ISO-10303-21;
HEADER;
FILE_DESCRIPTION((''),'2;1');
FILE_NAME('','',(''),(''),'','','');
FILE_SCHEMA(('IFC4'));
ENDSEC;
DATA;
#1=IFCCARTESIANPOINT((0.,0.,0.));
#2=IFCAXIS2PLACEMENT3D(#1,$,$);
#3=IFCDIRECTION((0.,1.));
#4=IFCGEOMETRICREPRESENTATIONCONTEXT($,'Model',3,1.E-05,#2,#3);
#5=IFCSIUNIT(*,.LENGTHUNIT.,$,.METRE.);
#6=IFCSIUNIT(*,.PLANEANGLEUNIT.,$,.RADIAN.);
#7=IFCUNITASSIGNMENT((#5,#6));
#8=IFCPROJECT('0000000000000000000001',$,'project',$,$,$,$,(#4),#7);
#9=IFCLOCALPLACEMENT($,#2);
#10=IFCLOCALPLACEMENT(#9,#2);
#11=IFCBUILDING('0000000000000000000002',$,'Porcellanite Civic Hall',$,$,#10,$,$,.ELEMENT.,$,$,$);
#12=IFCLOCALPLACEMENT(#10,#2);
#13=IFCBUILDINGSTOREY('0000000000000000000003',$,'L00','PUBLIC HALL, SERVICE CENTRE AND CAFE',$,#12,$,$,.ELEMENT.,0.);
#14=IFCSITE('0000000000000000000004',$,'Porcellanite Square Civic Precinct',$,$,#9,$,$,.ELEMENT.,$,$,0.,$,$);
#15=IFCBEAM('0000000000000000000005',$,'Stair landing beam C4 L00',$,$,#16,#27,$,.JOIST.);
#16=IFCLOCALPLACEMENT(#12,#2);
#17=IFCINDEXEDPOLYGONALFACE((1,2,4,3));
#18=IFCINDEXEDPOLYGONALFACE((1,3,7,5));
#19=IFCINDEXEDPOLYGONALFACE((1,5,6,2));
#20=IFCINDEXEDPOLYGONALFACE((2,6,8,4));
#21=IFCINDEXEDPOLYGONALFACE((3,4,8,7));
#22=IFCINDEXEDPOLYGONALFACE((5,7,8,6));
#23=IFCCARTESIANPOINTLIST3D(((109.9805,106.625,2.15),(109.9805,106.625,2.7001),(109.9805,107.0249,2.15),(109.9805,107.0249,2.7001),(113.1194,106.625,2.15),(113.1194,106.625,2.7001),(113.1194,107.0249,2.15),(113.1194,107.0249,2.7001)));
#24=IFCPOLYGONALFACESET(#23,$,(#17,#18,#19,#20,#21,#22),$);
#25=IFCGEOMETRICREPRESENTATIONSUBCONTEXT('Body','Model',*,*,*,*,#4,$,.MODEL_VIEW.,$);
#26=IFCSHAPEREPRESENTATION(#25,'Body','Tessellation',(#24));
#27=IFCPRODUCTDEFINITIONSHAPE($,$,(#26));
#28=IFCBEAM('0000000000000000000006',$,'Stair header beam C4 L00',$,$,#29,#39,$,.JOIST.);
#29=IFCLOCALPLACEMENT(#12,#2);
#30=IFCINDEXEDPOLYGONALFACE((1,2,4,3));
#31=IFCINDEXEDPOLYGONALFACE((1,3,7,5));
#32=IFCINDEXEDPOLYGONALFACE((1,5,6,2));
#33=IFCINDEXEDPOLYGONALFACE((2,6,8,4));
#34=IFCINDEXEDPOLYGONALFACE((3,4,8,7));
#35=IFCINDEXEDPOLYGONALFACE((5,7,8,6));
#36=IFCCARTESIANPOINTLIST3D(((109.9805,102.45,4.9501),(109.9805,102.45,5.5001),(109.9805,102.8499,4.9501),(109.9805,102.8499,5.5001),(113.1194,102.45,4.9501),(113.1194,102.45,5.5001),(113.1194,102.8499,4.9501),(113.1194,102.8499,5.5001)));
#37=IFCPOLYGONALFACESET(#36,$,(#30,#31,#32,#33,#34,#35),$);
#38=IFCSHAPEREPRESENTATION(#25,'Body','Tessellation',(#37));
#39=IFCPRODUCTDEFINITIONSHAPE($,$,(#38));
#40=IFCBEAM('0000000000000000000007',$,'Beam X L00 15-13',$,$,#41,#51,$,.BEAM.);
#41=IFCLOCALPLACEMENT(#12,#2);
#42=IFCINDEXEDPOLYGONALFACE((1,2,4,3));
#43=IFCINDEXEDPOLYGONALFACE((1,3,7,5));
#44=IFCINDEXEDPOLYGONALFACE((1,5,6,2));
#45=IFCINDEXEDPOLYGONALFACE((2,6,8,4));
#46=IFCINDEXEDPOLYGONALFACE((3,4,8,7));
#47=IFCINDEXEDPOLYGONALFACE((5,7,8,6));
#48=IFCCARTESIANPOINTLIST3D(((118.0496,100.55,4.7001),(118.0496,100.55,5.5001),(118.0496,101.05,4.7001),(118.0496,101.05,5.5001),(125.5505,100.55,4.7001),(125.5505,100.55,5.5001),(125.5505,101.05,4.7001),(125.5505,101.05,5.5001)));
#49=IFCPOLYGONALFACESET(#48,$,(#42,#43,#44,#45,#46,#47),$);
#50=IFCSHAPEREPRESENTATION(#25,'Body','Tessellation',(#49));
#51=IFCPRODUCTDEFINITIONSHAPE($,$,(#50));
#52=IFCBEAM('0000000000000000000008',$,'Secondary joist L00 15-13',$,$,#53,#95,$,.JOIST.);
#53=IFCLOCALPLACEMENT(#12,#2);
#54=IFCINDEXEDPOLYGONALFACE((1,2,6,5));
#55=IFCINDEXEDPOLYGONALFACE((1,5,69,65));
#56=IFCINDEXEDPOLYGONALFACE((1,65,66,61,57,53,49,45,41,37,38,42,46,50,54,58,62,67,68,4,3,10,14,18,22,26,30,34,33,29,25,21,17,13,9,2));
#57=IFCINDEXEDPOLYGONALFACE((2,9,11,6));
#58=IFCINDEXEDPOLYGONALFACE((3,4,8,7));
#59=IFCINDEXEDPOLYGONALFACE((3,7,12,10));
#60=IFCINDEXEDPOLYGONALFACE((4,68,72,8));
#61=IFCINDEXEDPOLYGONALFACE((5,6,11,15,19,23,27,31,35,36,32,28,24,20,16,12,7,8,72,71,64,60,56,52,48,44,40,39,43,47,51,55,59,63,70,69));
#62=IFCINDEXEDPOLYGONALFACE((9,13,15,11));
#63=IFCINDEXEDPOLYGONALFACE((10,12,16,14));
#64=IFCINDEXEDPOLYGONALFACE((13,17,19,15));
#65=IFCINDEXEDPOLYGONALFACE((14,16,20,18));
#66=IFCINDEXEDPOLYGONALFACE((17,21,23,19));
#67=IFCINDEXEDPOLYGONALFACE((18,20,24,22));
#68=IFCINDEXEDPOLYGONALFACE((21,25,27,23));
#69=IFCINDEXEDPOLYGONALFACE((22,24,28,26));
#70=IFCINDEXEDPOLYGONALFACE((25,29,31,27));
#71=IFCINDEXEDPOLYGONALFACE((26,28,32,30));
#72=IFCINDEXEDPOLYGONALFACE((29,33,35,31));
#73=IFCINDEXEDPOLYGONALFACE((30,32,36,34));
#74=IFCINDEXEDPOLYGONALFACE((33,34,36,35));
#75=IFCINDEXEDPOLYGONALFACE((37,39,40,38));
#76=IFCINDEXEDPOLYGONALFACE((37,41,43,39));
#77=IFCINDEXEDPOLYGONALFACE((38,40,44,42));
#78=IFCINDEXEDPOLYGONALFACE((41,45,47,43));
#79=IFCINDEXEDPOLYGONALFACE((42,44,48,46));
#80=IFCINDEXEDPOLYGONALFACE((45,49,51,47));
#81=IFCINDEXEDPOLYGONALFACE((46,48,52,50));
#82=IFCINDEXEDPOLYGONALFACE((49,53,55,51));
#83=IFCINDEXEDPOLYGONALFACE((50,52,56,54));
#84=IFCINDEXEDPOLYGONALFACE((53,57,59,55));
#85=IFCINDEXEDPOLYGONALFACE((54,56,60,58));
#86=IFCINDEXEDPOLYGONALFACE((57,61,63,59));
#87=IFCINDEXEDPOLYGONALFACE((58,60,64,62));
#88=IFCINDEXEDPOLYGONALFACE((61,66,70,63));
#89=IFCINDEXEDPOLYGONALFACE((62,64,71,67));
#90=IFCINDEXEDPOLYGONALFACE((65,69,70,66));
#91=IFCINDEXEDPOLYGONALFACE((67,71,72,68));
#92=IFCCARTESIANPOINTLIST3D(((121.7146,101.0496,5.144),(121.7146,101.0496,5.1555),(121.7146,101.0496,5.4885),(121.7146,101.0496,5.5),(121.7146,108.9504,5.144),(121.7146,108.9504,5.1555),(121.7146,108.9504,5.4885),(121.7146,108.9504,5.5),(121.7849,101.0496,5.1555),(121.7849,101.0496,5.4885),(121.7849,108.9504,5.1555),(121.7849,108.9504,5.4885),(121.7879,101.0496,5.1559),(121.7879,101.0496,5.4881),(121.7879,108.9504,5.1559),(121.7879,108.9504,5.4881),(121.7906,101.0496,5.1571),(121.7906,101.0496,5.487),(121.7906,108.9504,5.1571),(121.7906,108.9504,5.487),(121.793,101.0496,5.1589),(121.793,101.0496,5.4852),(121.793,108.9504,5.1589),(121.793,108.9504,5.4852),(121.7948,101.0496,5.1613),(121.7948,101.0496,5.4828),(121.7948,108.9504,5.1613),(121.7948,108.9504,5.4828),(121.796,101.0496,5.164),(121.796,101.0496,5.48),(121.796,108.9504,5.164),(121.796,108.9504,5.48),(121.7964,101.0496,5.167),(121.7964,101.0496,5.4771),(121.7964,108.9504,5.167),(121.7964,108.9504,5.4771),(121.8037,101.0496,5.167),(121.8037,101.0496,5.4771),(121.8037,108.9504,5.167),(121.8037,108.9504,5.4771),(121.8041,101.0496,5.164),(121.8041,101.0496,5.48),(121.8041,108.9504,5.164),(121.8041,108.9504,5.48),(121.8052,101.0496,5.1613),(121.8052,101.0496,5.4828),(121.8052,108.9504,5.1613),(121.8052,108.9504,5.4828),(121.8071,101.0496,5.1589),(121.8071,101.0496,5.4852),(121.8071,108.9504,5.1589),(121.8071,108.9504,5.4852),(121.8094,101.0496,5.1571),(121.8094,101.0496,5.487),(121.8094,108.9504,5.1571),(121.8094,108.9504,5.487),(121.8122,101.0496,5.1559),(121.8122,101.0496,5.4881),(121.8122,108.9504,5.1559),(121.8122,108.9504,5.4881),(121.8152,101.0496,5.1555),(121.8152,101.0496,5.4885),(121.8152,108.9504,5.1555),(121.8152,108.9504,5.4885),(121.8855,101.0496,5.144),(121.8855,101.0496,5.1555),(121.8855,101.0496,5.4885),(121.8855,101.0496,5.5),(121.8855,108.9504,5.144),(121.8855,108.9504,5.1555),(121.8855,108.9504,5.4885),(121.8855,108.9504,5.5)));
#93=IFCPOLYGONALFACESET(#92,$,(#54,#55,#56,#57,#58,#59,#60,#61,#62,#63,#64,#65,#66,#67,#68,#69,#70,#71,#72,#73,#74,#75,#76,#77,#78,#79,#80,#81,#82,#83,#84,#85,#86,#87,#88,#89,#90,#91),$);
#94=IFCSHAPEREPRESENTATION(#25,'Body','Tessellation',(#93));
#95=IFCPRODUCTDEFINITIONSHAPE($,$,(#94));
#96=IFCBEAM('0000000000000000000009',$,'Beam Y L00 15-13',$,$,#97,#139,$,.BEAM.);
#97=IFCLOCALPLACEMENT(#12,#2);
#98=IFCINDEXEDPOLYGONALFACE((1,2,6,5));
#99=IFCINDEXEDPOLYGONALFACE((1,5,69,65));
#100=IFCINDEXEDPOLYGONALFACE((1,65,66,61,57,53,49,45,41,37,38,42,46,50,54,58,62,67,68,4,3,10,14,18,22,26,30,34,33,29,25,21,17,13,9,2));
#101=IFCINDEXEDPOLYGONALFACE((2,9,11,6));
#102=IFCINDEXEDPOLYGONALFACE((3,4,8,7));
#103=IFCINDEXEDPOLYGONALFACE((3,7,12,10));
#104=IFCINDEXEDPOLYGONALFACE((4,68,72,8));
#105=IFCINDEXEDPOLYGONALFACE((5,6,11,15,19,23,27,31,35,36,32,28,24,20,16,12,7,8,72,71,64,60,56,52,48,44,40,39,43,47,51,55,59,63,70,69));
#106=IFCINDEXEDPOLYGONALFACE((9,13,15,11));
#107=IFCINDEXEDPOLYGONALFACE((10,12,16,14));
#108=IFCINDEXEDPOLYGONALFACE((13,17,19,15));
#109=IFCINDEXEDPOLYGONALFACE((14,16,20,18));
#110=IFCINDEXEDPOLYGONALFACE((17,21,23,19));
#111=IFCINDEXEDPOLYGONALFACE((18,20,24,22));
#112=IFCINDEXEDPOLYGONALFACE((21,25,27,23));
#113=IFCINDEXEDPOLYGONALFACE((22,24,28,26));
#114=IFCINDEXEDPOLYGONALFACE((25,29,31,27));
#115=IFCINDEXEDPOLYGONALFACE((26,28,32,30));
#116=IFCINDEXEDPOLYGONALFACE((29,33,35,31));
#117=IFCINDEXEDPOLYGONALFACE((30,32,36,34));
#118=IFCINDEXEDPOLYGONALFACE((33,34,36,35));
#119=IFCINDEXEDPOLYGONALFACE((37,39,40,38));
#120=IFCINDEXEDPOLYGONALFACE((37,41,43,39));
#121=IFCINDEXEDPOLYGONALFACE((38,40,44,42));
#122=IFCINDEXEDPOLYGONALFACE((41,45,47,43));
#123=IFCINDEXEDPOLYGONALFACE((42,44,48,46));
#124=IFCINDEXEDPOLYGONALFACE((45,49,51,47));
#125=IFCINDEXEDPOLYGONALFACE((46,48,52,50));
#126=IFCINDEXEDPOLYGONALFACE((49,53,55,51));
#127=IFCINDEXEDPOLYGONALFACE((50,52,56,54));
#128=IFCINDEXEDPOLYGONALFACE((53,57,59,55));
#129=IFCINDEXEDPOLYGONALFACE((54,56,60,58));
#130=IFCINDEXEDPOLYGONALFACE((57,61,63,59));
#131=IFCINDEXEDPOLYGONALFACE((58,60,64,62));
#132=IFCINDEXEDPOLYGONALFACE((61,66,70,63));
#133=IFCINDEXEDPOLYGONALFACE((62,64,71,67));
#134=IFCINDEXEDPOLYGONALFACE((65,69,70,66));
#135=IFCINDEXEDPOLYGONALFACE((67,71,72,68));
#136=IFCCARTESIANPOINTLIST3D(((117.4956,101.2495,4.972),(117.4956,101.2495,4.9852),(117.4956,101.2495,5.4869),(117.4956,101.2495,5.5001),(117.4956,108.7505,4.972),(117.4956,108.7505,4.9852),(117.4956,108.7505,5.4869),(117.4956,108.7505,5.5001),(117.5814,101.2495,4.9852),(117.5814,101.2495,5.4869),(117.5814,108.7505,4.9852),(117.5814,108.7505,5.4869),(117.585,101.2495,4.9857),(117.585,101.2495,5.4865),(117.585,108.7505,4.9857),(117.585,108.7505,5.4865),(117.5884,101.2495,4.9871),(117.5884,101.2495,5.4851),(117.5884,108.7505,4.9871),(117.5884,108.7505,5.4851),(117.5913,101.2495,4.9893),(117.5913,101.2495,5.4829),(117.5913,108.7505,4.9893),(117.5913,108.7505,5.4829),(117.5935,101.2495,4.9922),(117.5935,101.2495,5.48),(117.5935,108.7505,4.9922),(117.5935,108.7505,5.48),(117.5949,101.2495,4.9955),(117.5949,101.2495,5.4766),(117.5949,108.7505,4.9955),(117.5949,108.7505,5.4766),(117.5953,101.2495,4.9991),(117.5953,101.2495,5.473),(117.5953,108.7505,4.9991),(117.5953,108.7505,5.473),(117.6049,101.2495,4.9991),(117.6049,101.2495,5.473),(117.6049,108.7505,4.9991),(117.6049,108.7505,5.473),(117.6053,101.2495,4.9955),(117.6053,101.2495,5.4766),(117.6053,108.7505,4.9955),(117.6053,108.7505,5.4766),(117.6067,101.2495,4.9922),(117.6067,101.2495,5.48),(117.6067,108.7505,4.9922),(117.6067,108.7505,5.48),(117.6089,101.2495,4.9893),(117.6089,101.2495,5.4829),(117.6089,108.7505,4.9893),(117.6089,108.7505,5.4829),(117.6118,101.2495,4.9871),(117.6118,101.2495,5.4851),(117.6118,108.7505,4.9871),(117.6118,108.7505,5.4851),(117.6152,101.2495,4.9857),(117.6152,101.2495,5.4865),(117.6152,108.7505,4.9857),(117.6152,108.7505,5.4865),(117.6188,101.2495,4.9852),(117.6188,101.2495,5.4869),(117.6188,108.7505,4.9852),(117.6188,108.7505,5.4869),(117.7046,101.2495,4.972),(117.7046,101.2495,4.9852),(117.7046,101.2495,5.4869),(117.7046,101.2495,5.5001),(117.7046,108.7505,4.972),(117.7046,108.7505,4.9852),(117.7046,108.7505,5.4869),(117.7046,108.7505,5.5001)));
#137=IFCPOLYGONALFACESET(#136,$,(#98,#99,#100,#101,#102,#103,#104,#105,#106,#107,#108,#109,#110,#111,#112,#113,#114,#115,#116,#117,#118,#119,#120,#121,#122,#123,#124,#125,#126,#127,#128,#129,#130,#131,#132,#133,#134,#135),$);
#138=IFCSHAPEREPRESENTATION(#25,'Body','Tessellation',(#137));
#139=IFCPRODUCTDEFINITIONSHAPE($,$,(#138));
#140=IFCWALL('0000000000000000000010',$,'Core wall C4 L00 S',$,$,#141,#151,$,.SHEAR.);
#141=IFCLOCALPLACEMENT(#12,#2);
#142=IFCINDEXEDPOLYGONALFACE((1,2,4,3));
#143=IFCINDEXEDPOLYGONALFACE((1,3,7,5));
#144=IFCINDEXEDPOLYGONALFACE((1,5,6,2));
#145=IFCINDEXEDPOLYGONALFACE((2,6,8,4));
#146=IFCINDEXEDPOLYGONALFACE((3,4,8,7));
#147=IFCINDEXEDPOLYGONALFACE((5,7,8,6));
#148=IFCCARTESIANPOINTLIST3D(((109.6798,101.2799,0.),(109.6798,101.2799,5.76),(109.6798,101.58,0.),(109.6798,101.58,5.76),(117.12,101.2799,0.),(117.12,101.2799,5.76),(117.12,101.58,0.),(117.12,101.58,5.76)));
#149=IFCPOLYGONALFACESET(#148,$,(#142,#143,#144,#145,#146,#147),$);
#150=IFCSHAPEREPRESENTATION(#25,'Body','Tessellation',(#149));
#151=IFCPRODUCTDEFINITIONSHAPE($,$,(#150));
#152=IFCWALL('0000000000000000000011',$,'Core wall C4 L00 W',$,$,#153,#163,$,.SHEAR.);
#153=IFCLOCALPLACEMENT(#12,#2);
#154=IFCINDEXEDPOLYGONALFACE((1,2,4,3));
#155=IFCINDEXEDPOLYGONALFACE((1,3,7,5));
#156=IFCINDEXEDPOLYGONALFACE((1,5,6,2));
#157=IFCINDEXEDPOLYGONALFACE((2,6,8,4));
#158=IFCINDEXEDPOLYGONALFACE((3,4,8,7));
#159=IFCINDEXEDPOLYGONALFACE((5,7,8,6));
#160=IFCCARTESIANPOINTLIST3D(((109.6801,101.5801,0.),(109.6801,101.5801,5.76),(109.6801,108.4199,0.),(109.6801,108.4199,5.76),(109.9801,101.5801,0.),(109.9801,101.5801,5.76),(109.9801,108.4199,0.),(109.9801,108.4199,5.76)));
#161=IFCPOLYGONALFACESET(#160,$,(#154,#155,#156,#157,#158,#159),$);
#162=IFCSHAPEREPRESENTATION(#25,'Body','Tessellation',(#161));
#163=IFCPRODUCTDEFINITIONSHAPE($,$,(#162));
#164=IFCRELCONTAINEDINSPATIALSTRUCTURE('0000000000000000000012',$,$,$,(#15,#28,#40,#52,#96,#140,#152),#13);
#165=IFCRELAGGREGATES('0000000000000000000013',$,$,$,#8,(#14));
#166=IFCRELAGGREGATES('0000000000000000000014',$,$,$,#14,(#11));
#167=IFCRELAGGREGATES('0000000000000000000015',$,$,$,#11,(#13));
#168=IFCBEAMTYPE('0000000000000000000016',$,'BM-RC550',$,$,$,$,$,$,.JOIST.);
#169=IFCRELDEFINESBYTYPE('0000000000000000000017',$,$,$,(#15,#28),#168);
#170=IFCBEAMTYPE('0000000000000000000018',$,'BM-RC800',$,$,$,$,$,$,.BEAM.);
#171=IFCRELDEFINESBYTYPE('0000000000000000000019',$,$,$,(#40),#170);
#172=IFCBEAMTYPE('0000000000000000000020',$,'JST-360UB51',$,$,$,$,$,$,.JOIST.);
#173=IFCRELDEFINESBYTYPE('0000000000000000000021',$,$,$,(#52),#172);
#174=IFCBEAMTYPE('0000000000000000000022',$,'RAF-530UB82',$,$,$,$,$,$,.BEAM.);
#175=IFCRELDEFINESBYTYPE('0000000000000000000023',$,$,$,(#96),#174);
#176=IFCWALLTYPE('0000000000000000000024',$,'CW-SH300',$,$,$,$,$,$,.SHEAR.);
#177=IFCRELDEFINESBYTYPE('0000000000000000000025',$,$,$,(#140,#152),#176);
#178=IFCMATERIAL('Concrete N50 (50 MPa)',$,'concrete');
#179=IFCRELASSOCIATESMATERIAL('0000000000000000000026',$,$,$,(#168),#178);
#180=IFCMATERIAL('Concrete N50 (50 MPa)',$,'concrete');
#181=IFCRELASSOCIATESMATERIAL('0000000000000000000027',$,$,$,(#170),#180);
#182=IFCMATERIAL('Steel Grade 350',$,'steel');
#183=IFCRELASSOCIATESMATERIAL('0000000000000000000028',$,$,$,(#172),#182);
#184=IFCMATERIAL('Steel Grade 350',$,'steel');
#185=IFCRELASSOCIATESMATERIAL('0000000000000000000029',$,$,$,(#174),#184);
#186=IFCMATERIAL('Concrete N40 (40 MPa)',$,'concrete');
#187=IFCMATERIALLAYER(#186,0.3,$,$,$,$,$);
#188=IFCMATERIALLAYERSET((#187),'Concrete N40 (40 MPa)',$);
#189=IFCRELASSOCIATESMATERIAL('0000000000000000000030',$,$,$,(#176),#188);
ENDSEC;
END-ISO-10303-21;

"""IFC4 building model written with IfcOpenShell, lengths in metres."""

from ifc_helpers import new_model, si_unit, direction, frame, frame_2d, origin, origin_2d, place, context, subcontext, project, spatial, rectangle, i_section, extrude, material, layer, layer_set, material_profile, profile_set, type_object, element, save


model = new_model("IFC4")

# Units and contexts
model_context = context("Model", 3, precision=1e-05, world=origin(), true_north=direction((0.0, 1.0)))
body_context = subcontext(model_context, "Body", "Model", "MODEL_VIEW")
ifc_project = project(units=[si_unit("LENGTHUNIT", "METRE"), si_unit("PLANEANGLEUNIT", "RADIAN")], contexts=[model_context])

# Site, building, storey
site_placement = place(None, origin())
site = spatial("IfcSite", under=ifc_project, at=site_placement, Name="Porcellanite Square Civic Precinct", CompositionType="ELEMENT", RefElevation=0.0)
building_placement = place(site_placement, origin())
building = spatial("IfcBuilding", under=site, at=building_placement, Name="Porcellanite Civic Hall", CompositionType="ELEMENT")
storey_placement = place(building_placement, origin())
storey = spatial("IfcBuildingStorey", under=building, at=storey_placement, Name="L00", Description="PUBLIC HALL, SERVICE CENTRE AND CAFE", CompositionType="ELEMENT", Elevation=0.0)

# Beams
ifc_material_1 = material(Name="Concrete N50 (50 MPa)", Category="concrete")
ifc_material_profile_1 = material_profile(ifc_material_1, rectangle(XDim=0.3999, YDim=0.55, at=origin_2d()), Name="RC-400x550")
ifc_profile_set_1 = profile_set([ifc_material_profile_1], Name="Concrete N50 (50 MPa)")
beam_type_1 = type_object("IfcBeamType", Name="BM-RC550", PredefinedType="JOIST", material=ifc_profile_set_1)
for number, where, z_axis, x_axis, name in (
    (1, (109.9805, 106.825, 2.425), (1.0, 0.0, 0.0), (0.0, 1.0, 0.0), "Stair landing beam C4 L00"),
    (2, (109.9805, 102.6499, 5.2251), (1.0, 0.0, 0.0), (0.0, 1.0, 0.0), "Stair header beam C4 L00"),
):
    element("IfcBeam", number, at=place(storey_placement, frame(where, z_axis=z_axis, x_axis=x_axis)), inside=storey, type_object=beam_type_1, Name=name, PredefinedType="JOIST", context=body_context, shape_type="SweptSolid", body=[
        extrude(rectangle(XDim=0.3999, YDim=0.55, at=origin_2d()), origin(), (0.0, 0.0, 1.0), 3.1389),
    ])
ifc_material_2 = material(Name="Concrete N50 (50 MPa)", Category="concrete")
ifc_material_profile_2 = material_profile(ifc_material_2, rectangle(XDim=0.5, YDim=0.8, at=origin_2d()), Name="RC-500x800")
ifc_profile_set_2 = profile_set([ifc_material_profile_2], Name="Concrete N50 (50 MPa)")
beam_type_2 = type_object("IfcBeamType", Name="BM-RC800", PredefinedType="BEAM", material=ifc_profile_set_2)
beam_1_placement = place(storey_placement, frame((118.0496, 100.8, 5.1001), z_axis=(1.0, 0.0, 0.0), x_axis=(0.0, 1.0, 0.0)))
element("IfcBeam", 3, at=beam_1_placement, inside=storey, type_object=beam_type_2, Name="Beam X L00 15-13", PredefinedType="BEAM", context=body_context, shape_type="SweptSolid", body=[
    extrude(rectangle(XDim=0.5, YDim=0.8, at=origin_2d()), origin(), (0.0, 0.0, 1.0), 7.501),
])
ifc_material_3 = material(Name="Steel Grade 350", Category="steel")
ifc_material_profile_3 = material_profile(ifc_material_3, i_section(OverallWidth=0.1709, OverallDepth=0.356, WebThickness=0.0073, FlangeThickness=0.0115, FilletRadius=0.0115, at=origin_2d()), Name="360UB50.7")
ifc_profile_set_3 = profile_set([ifc_material_profile_3], Name="Steel Grade 350")
beam_type_3 = type_object("IfcBeamType", Name="JST-360UB51", PredefinedType="JOIST", material=ifc_profile_set_3)
beam_2_placement = place(storey_placement, frame((121.8, 101.0496, 5.322), z_axis=(0.0, 1.0, 0.0), x_axis=(-1.0, 0.0, 0.0)))
element("IfcBeam", 4, at=beam_2_placement, inside=storey, type_object=beam_type_3, Name="Secondary joist L00 15-13", PredefinedType="JOIST", context=body_context, shape_type="SweptSolid", body=[
    extrude(i_section(OverallWidth=0.1709, OverallDepth=0.356, WebThickness=0.0073, FlangeThickness=0.0115, FilletRadius=0.0115, at=origin_2d()), origin(), (0.0, 0.0, 1.0), 7.9009),
])
ifc_material_4 = material(Name="Steel Grade 350", Category="steel")
ifc_material_profile_4 = material_profile(ifc_material_4, i_section(OverallWidth=0.209, OverallDepth=0.5281, WebThickness=0.0095, FlangeThickness=0.0132, FilletRadius=0.0139, at=origin_2d()), Name="530UB82.0")
ifc_profile_set_4 = profile_set([ifc_material_profile_4], Name="Steel Grade 350")
beam_type_4 = type_object("IfcBeamType", Name="RAF-530UB82", PredefinedType="BEAM", material=ifc_profile_set_4)
beam_3_placement = place(storey_placement, frame((117.6001, 101.2495, 5.2361), z_axis=(0.0, 1.0, 0.0), x_axis=(-1.0, 0.0, 0.0)))
element("IfcBeam", 5, at=beam_3_placement, inside=storey, type_object=beam_type_4, Name="Beam Y L00 15-13", PredefinedType="BEAM", context=body_context, shape_type="SweptSolid", body=[
    extrude(i_section(OverallWidth=0.209, OverallDepth=0.5281, WebThickness=0.0095, FlangeThickness=0.0132, FilletRadius=0.0139, at=origin_2d()), origin(), (0.0, 0.0, 1.0), 7.501),
])

# Walls
ifc_material_5 = material(Name="Concrete N40 (40 MPa)", Category="concrete")
ifc_layer_1 = layer(ifc_material_5, 0.3)
ifc_layer_set_1 = layer_set([ifc_layer_1], Name="Concrete N40 (40 MPa)")
wall_type_1 = type_object("IfcWallType", Name="CW-SH300", PredefinedType="SHEAR", material=ifc_layer_set_1)
wall_1_placement = place(storey_placement, frame((117.1201, 101.4299, 0.0), z_axis=(0.0, 0.0, 1.0), x_axis=(-1.0, 0.0, 0.0)))
element("IfcWall", 6, at=wall_1_placement, inside=storey, type_object=wall_type_1, Name="Core wall C4 L00 S", PredefinedType="SHEAR", context=body_context, shape_type="SweptSolid", body=[
    extrude(rectangle(XDim=7.4402, YDim=0.3, at=frame_2d((3.7202, 0.0))), origin(), (0.0, 0.0, 1.0), 5.76),
])
wall_2_placement = place(storey_placement, frame((109.8301, 101.5801, 0.0), z_axis=(0.0, 0.0, 1.0), x_axis=(0.0, 1.0, 0.0)))
element("IfcWall", 7, at=wall_2_placement, inside=storey, type_object=wall_type_1, Name="Core wall C4 L00 W", PredefinedType="SHEAR", context=body_context, shape_type="SweptSolid", body=[
    extrude(rectangle(XDim=6.8398, YDim=0.3, at=frame_2d((3.4199, 0.0))), origin(), (0.0, 0.0, 1.0), 5.76),
])

save(model, "model.ifc")
